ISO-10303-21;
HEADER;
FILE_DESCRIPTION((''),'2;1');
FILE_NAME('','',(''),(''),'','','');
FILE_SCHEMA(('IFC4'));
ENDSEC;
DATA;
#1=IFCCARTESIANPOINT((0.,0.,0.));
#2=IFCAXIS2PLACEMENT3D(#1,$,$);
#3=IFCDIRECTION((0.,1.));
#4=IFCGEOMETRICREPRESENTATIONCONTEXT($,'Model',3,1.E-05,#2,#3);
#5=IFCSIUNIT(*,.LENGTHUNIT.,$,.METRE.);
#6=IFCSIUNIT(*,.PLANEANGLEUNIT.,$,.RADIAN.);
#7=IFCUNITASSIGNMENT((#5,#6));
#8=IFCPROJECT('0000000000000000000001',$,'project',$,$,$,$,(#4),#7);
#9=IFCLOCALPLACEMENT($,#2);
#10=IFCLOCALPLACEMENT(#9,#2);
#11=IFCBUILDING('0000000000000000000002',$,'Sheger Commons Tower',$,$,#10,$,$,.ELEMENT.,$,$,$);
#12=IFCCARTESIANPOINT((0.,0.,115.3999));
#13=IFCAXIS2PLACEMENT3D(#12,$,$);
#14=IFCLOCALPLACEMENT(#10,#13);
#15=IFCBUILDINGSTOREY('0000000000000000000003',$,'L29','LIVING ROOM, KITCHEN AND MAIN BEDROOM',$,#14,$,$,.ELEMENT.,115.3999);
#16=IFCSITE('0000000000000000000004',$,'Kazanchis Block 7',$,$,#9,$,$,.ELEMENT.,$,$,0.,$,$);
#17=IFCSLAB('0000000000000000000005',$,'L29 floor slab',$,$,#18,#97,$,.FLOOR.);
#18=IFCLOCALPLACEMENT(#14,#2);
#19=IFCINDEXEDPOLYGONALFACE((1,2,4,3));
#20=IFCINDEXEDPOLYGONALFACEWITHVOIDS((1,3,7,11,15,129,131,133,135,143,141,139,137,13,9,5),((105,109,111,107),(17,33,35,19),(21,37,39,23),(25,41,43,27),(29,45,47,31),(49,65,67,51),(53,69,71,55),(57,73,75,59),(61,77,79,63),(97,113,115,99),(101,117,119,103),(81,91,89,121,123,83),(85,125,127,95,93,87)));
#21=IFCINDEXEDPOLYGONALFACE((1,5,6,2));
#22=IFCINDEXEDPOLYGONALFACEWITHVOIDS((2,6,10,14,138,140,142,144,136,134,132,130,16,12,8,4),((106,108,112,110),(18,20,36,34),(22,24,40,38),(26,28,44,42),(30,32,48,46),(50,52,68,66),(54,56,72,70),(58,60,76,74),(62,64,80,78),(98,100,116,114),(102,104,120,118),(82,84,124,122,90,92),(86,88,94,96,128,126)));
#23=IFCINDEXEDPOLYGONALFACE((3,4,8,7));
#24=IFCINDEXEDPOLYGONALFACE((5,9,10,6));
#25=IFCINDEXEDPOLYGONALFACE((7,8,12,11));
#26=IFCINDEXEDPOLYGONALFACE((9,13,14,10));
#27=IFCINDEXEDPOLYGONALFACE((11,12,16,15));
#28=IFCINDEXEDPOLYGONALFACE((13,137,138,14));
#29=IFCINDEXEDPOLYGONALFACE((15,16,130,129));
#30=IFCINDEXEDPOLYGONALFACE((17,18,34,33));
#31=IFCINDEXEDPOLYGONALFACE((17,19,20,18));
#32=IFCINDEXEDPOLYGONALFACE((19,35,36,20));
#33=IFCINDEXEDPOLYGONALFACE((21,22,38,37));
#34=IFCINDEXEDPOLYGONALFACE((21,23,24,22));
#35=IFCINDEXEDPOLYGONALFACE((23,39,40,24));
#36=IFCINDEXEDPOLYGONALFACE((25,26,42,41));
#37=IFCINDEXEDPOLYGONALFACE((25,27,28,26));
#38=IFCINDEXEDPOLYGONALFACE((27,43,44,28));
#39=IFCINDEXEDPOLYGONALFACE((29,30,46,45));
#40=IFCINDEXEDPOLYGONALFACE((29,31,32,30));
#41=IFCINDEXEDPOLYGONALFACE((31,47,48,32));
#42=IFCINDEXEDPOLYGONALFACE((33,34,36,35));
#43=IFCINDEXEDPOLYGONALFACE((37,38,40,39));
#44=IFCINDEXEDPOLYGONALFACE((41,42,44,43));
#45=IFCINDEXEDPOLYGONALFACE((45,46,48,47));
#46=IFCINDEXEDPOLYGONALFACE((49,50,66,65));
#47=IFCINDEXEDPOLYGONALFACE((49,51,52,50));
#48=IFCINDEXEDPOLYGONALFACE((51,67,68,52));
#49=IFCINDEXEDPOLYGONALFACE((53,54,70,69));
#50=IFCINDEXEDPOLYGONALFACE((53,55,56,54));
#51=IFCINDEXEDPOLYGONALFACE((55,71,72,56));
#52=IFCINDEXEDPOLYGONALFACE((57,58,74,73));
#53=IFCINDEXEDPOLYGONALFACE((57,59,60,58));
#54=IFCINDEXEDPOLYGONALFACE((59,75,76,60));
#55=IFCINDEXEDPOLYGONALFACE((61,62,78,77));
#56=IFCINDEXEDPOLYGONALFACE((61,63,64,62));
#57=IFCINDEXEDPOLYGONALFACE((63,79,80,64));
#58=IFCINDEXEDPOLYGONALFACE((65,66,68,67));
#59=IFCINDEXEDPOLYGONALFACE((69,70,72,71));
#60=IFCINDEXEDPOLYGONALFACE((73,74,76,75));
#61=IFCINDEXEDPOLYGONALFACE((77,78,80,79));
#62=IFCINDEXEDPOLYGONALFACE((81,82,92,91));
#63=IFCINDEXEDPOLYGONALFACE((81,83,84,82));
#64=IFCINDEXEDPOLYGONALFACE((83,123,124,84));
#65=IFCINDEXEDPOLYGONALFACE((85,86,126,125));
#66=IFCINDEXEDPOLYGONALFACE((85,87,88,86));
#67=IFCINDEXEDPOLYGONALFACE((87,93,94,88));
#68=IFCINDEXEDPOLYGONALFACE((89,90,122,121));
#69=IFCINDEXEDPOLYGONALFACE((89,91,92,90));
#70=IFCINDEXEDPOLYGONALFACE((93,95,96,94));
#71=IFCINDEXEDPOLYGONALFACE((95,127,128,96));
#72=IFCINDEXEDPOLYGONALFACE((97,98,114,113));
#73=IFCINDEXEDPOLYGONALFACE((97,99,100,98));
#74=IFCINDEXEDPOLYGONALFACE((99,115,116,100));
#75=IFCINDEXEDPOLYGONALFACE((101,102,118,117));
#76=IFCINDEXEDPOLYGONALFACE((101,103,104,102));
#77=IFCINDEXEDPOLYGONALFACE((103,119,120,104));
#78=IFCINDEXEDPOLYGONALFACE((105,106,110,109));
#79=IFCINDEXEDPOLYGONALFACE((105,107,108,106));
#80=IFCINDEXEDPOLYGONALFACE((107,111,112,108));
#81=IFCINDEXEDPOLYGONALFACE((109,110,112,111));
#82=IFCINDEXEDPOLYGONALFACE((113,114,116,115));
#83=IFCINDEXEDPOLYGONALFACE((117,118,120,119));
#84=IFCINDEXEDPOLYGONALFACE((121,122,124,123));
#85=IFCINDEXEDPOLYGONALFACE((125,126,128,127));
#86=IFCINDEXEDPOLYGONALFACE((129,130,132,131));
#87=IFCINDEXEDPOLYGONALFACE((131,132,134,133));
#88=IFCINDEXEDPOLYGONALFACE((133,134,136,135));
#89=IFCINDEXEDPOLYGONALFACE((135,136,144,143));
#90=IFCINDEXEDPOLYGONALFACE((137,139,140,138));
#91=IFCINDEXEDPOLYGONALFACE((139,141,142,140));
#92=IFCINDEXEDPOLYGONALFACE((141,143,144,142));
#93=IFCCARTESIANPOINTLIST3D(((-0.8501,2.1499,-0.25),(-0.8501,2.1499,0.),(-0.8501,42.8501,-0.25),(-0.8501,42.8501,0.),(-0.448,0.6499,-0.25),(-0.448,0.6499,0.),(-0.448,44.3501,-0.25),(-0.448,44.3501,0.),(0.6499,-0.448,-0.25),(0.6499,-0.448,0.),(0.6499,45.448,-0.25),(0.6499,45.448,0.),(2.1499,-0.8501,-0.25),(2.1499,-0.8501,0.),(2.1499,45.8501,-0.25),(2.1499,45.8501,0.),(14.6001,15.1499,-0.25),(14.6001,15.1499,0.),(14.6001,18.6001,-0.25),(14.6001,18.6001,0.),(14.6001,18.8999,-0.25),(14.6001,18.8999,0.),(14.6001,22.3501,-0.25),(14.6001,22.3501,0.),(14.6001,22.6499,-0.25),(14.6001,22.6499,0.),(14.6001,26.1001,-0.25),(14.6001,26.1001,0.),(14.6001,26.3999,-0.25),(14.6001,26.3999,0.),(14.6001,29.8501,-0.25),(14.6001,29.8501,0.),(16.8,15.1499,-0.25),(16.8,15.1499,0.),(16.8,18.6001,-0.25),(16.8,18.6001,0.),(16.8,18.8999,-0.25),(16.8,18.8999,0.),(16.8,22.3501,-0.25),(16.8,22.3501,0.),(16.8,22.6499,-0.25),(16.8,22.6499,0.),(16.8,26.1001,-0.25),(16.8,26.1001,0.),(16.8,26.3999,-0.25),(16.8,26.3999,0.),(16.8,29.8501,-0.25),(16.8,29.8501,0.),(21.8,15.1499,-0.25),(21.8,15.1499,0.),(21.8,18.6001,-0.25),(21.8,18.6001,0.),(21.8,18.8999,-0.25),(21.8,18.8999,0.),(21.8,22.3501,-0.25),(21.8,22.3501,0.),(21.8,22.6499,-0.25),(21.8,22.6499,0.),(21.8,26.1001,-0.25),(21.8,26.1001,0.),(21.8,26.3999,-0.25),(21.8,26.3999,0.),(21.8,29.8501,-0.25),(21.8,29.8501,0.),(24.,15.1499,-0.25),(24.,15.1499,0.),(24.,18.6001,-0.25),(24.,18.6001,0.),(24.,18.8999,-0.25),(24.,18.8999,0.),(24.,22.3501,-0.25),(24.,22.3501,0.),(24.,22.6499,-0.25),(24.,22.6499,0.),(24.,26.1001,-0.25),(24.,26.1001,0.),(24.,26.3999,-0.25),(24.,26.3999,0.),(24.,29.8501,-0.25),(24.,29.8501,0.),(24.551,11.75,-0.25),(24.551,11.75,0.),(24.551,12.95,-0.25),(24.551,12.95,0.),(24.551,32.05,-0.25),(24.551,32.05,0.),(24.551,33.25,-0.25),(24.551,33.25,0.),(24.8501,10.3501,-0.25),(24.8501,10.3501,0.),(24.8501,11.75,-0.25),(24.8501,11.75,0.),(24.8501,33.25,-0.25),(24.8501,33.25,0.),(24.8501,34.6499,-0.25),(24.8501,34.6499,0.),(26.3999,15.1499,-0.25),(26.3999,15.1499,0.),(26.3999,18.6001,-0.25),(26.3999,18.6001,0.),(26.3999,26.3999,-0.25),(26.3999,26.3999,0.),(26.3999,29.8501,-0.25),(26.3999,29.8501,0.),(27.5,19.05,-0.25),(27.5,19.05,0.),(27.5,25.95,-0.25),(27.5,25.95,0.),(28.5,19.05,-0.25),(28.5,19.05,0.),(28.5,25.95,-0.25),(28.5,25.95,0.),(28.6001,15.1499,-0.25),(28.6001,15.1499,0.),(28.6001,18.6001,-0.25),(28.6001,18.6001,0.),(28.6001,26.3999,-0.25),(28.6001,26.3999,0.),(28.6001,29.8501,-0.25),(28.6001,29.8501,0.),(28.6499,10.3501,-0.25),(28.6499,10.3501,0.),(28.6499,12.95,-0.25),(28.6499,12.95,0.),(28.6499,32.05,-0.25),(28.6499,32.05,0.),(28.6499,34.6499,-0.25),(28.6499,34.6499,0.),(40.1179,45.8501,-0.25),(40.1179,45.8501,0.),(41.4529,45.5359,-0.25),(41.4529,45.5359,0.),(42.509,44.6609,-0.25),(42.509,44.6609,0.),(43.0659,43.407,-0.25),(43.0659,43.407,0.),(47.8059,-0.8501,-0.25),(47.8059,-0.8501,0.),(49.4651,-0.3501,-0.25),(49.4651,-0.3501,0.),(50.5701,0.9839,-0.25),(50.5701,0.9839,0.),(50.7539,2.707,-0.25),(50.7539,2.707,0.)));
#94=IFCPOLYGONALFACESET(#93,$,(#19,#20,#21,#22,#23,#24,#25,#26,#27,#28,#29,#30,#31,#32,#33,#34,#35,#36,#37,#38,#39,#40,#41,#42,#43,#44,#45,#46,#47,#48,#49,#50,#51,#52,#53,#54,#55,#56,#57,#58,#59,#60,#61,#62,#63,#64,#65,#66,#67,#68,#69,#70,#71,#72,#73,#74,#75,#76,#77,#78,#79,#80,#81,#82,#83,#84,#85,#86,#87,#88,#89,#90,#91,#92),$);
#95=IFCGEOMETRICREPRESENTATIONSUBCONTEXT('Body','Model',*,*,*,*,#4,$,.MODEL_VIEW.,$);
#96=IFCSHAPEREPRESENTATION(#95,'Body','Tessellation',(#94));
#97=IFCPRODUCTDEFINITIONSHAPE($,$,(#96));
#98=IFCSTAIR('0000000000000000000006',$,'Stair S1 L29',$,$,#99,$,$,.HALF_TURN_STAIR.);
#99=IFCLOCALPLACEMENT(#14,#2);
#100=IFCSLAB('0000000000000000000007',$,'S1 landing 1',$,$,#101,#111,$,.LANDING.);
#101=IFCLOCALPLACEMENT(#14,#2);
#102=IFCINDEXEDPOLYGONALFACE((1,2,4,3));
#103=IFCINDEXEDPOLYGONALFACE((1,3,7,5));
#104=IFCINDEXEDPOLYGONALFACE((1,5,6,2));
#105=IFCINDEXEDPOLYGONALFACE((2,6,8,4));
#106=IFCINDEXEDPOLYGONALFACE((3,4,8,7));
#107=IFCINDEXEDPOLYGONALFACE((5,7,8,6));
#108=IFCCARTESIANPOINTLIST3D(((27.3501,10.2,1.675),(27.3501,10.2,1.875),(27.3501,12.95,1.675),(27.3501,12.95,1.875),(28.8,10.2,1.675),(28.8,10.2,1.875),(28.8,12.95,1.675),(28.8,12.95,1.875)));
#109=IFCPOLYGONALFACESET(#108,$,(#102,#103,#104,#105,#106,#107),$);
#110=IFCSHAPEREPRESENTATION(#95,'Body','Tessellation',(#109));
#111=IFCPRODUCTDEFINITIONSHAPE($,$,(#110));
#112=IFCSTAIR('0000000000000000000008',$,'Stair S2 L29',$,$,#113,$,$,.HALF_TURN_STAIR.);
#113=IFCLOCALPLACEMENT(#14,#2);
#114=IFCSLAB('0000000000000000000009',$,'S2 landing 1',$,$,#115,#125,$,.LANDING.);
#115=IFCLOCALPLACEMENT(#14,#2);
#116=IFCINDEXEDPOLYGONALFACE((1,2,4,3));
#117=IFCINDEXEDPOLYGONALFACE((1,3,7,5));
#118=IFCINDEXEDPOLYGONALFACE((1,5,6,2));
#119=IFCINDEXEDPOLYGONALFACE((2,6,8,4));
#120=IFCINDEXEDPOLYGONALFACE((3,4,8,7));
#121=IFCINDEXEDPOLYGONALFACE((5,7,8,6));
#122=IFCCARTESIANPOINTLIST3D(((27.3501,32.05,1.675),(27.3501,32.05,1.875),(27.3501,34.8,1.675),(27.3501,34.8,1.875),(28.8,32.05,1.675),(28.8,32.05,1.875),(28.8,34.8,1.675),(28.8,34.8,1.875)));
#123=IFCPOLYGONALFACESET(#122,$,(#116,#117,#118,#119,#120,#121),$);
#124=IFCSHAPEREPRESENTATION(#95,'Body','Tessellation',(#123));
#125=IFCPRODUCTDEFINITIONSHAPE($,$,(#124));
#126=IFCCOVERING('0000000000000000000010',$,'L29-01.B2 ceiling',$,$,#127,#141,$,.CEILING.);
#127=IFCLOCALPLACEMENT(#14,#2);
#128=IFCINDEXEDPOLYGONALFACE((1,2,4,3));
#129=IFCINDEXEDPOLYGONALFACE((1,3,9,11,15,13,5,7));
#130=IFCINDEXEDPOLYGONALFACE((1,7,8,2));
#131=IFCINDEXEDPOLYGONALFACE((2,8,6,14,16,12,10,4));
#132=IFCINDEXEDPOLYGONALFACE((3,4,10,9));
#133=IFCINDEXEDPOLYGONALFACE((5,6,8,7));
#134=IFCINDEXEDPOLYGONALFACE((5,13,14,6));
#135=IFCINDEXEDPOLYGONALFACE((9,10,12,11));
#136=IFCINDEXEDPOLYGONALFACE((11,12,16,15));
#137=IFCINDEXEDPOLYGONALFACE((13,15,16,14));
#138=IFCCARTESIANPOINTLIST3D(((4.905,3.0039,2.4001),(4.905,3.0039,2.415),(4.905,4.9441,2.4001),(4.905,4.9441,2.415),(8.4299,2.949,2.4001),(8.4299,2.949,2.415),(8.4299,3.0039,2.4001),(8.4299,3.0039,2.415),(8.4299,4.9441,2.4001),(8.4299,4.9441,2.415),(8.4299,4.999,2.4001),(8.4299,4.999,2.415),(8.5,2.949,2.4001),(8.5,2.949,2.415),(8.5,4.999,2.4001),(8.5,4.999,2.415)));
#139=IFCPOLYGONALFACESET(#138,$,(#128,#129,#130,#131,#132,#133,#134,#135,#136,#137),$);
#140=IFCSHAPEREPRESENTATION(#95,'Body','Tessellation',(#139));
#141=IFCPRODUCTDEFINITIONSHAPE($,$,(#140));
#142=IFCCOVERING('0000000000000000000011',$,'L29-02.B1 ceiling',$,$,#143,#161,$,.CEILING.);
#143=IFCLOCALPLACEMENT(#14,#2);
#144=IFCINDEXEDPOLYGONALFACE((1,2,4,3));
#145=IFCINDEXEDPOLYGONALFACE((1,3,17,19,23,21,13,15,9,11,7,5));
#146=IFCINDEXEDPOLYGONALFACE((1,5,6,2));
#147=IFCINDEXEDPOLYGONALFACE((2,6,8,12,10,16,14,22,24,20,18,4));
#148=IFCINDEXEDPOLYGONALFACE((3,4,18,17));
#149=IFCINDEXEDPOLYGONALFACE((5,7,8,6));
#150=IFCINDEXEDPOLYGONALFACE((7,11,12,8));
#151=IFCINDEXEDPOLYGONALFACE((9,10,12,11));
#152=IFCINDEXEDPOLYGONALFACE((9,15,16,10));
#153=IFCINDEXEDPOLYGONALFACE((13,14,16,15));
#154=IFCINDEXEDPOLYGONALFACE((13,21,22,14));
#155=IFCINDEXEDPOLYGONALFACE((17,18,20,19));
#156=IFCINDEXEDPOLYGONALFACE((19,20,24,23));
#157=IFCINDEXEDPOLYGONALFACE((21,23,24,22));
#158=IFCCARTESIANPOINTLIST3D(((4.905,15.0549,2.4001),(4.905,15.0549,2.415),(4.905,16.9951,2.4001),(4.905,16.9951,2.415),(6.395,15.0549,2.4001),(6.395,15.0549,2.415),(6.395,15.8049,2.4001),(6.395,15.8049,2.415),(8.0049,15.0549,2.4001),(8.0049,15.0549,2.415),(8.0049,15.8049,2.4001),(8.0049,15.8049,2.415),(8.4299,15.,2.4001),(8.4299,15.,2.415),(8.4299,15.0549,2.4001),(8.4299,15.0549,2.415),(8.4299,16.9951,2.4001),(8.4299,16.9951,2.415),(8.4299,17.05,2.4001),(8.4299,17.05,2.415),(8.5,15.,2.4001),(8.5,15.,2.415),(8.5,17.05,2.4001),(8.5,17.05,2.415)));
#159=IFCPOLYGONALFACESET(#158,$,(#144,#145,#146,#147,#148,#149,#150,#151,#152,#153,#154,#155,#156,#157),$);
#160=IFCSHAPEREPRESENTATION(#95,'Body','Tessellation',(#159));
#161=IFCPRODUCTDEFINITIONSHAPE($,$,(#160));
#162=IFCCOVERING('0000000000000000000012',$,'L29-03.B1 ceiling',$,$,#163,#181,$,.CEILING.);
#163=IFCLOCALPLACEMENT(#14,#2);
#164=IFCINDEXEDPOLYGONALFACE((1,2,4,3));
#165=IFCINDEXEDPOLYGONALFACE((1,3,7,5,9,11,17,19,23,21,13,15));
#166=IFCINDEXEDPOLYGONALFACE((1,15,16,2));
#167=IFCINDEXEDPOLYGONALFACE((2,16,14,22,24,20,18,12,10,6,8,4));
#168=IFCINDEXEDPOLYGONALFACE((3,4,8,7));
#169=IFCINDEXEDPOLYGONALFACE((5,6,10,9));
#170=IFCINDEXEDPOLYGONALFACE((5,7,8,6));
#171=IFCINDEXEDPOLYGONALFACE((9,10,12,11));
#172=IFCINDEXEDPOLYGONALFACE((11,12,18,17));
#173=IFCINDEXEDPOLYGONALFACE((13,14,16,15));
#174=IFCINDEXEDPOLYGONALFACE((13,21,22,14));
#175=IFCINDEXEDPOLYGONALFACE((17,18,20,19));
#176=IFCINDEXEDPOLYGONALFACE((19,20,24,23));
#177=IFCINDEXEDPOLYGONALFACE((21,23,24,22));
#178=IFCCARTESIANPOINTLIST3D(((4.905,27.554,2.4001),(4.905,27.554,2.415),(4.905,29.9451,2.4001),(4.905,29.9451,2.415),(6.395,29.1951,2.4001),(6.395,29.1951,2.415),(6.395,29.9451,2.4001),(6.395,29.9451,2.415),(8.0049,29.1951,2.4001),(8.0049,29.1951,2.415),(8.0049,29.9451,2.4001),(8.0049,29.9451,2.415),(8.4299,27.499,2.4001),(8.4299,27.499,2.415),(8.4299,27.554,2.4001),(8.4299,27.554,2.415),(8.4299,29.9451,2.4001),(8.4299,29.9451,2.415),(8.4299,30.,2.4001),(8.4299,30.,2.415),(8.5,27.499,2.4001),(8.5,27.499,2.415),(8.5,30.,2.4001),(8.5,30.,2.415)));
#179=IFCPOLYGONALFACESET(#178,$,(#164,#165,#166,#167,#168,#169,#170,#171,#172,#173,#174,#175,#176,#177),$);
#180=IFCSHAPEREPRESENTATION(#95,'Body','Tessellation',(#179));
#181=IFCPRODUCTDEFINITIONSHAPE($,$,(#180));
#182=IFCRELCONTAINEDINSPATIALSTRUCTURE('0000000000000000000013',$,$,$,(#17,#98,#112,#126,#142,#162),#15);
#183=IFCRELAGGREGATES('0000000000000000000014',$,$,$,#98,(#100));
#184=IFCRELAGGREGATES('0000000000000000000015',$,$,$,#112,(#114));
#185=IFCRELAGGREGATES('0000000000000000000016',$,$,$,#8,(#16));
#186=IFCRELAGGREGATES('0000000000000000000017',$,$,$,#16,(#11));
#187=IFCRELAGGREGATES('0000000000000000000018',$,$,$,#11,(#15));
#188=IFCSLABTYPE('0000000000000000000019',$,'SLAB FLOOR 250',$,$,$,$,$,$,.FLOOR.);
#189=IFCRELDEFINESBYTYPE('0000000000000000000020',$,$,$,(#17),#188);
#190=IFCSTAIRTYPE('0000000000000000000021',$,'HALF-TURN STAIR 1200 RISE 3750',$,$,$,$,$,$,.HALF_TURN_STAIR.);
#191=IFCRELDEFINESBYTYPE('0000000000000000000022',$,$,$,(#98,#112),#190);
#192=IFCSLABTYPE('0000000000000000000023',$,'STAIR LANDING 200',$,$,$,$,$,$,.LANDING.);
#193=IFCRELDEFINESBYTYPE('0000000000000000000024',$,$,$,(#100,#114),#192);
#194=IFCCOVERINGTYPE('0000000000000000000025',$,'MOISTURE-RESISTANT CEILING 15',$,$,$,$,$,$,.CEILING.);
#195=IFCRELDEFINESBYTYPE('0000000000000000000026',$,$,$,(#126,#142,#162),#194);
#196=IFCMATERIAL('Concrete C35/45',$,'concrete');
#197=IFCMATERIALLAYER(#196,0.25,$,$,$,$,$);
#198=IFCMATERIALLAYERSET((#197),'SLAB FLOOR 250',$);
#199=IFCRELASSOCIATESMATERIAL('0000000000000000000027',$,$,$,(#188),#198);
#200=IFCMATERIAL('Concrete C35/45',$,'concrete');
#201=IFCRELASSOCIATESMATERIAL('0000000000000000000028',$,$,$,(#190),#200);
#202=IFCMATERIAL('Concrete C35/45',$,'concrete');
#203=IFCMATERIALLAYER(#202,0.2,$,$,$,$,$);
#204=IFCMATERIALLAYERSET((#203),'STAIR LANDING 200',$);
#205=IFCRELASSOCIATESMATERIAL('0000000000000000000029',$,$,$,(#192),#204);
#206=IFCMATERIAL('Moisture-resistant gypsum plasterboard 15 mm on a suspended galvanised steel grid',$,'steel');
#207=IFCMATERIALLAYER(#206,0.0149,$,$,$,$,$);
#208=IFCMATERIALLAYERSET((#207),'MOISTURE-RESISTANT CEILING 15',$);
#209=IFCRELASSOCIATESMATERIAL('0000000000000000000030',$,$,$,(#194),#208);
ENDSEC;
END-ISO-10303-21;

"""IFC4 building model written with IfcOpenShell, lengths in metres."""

from ifc_helpers import new_model, si_unit, direction, frame, origin, place, context, subcontext, project, spatial, polyline, outline, extrude, material, layer, layer_set, type_object, element, aggregate, save


model = new_model("IFC4")

# Units and contexts
model_context = context("Model", 3, precision=1e-05, world=origin(), true_north=direction((0.0, 1.0)))
body_context = subcontext(model_context, "Body", "Model", "MODEL_VIEW")
ifc_project = project(units=[si_unit("LENGTHUNIT", "METRE"), si_unit("PLANEANGLEUNIT", "RADIAN")], contexts=[model_context])

# Site, building, storey
site_placement = place(None, origin())
site = spatial("IfcSite", under=ifc_project, at=site_placement, Name="Kazanchis Block 7", CompositionType="ELEMENT", RefElevation=0.0)
building_placement = place(site_placement, origin())
building = spatial("IfcBuilding", under=site, at=building_placement, Name="Sheger Commons Tower", CompositionType="ELEMENT")
storey_placement = place(building_placement, frame((0.0, 0.0, 115.3999)))
storey = spatial("IfcBuildingStorey", under=building, at=storey_placement, Name="L29", Description="LIVING ROOM, KITCHEN AND MAIN BEDROOM", CompositionType="ELEMENT", Elevation=115.3999)

# Slab
ifc_material_1 = material(Name="Concrete C35/45", Category="concrete")
ifc_layer_1 = layer(ifc_material_1, 0.25)
ifc_layer_set_1 = layer_set([ifc_layer_1], Name="SLAB FLOOR 250")
slab_type_1 = type_object("IfcSlabType", Name="SLAB FLOOR 250", PredefinedType="FLOOR", material=ifc_layer_set_1)
slab_1_placement = place(storey_placement, frame((0.0, 0.0, -0.25)))
element("IfcSlab", 1, at=slab_1_placement, inside=storey, type_object=slab_type_1, Name="L29 floor slab", PredefinedType="FLOOR", context=body_context, shape_type="SweptSolid", body=[
    extrude(outline(polyline([(-0.8501, 2.1499), (-0.448, 0.6499), (0.6499, -0.448), (2.1499, -0.8501), (47.8059, -0.8501), (49.4651, -0.3501), (50.5701, 0.9839), (50.7539, 2.707), (43.0659, 43.407), (42.509, 44.6609), (41.4529, 45.5359), (40.1179, 45.8501), (2.1499, 45.8501), (0.6499, 45.448), (-0.448, 44.3501), (-0.8501, 42.8501), (-0.8501, 2.1499)]), holes=[polyline([(24.8501, 10.3501), (28.6499, 10.3501), (28.6499, 12.95), (24.551, 12.95), (24.551, 11.75), (24.8501, 11.75), (24.8501, 10.3501)]), polyline([(24.551, 32.05), (28.6499, 32.05), (28.6499, 34.6499), (24.8501, 34.6499), (24.8501, 33.25), (24.551, 33.25), (24.551, 32.05)]), polyline([(26.3999, 15.1499), (28.6001, 15.1499), (28.6001, 18.6001), (26.3999, 18.6001), (26.3999, 15.1499)]), polyline([(26.3999, 26.3999), (28.6001, 26.3999), (28.6001, 29.8501), (26.3999, 29.8501), (26.3999, 26.3999)]), polyline([(14.6001, 15.1499), (16.8, 15.1499), (16.8, 18.6001), (14.6001, 18.6001), (14.6001, 15.1499)]), polyline([(14.6001, 18.8999), (16.8, 18.8999), (16.8, 22.3501), (14.6001, 22.3501), (14.6001, 18.8999)]), polyline([(14.6001, 22.6499), (16.8, 22.6499), (16.8, 26.1001), (14.6001, 26.1001), (14.6001, 22.6499)]), polyline([(14.6001, 26.3999), (16.8, 26.3999), (16.8, 29.8501), (14.6001, 29.8501), (14.6001, 26.3999)]), polyline([(21.8, 15.1499), (24.0, 15.1499), (24.0, 18.6001), (21.8, 18.6001), (21.8, 15.1499)]), polyline([(21.8, 18.8999), (24.0, 18.8999), (24.0, 22.3501), (21.8, 22.3501), (21.8, 18.8999)]), polyline([(21.8, 22.6499), (24.0, 22.6499), (24.0, 26.1001), (21.8, 26.1001), (21.8, 22.6499)]), polyline([(21.8, 26.3999), (24.0, 26.3999), (24.0, 29.8501), (21.8, 29.8501), (21.8, 26.3999)]), polyline([(27.5, 19.05), (28.5, 19.05), (28.5, 25.95), (27.5, 25.95), (27.5, 19.05)])]), origin(), (0.0, 0.0, 1.0), 0.25),
])

# Stairs, slabs
ifc_material_2 = material(Name="Concrete C35/45", Category="concrete")
stair_type = type_object("IfcStairType", Name="HALF-TURN STAIR 1200 RISE 3750", PredefinedType="HALF_TURN_STAIR", material=ifc_material_2)
stair_1_placement = place(storey_placement, origin())
stair_1 = element("IfcStair", 2, at=stair_1_placement, inside=storey, type_object=stair_type, Name="Stair S1 L29", PredefinedType="HALF_TURN_STAIR")
ifc_material_3 = material(Name="Concrete C35/45", Category="concrete")
ifc_layer_2 = layer(ifc_material_3, 0.2)
ifc_layer_set_2 = layer_set([ifc_layer_2], Name="STAIR LANDING 200")
slab_type_2 = type_object("IfcSlabType", Name="STAIR LANDING 200", PredefinedType="LANDING", material=ifc_layer_set_2)
slab_2_placement = place(storey_placement, frame((0.0, 0.0, 1.675)))
slab_2 = element("IfcSlab", 3, at=slab_2_placement, type_object=slab_type_2, Name="S1 landing 1", PredefinedType="LANDING", context=body_context, shape_type="SweptSolid", body=[
    extrude(outline(polyline([(27.3501, 10.2), (28.8, 10.2), (28.8, 12.95), (27.3501, 12.95), (27.3501, 10.2)])), origin(), (0.0, 0.0, 1.0), 0.2),
])
aggregate(stair_1, [slab_2])
stair_2_placement = place(storey_placement, origin())
stair_2 = element("IfcStair", 4, at=stair_2_placement, inside=storey, type_object=stair_type, Name="Stair S2 L29", PredefinedType="HALF_TURN_STAIR")
slab_3_placement = place(storey_placement, frame((0.0, 0.0, 1.675)))
slab_3 = element("IfcSlab", 5, at=slab_3_placement, type_object=slab_type_2, Name="S2 landing 1", PredefinedType="LANDING", context=body_context, shape_type="SweptSolid", body=[
    extrude(outline(polyline([(27.3501, 32.05), (28.8, 32.05), (28.8, 34.8), (27.3501, 34.8), (27.3501, 32.05)])), origin(), (0.0, 0.0, 1.0), 0.2),
])
aggregate(stair_2, [slab_3])

# Coverings
ifc_material_4 = material(Name="Moisture-resistant gypsum plasterboard 15 mm on a suspended galvanised steel grid", Category="steel")
ifc_layer_3 = layer(ifc_material_4, 0.0149)
ifc_layer_set_3 = layer_set([ifc_layer_3], Name="MOISTURE-RESISTANT CEILING 15")
covering_type_1 = type_object("IfcCoveringType", Name="MOISTURE-RESISTANT CEILING 15", PredefinedType="CEILING", material=ifc_layer_set_3)
covering_1_placement = place(storey_placement, frame((0.0, 0.0, 2.4001)))
element("IfcCovering", 6, at=covering_1_placement, inside=storey, type_object=covering_type_1, Name="L29-01.B2 ceiling", PredefinedType="CEILING", context=body_context, shape_type="SweptSolid", body=[
    extrude(outline(polyline([(8.4299, 2.949), (8.5, 2.949), (8.5, 4.999), (8.4299, 4.999), (8.4299, 4.9441), (4.905, 4.9441), (4.905, 3.0039), (8.4299, 3.0039), (8.4299, 2.949)])), origin(), (0.0, 0.0, 1.0), 0.0149),
])
covering_2_placement = place(storey_placement, frame((0.0, 0.0, 2.4001)))
element("IfcCovering", 7, at=covering_2_placement, inside=storey, type_object=covering_type_1, Name="L29-02.B1 ceiling", PredefinedType="CEILING", context=body_context, shape_type="SweptSolid", body=[
    extrude(outline(polyline([(8.4299, 15.0), (8.5, 15.0), (8.5, 17.05), (8.4299, 17.05), (8.4299, 16.9951), (4.905, 16.9951), (4.905, 15.0549), (6.395, 15.0549), (6.395, 15.8049), (8.0049, 15.8049), (8.0049, 15.0549), (8.4299, 15.0549), (8.4299, 15.0)])), origin(), (0.0, 0.0, 1.0), 0.0149),
])
covering_3_placement = place(storey_placement, frame((0.0, 0.0, 2.4001)))
element("IfcCovering", 8, at=covering_3_placement, inside=storey, type_object=covering_type_1, Name="L29-03.B1 ceiling", PredefinedType="CEILING", context=body_context, shape_type="SweptSolid", body=[
    extrude(outline(polyline([(8.4299, 27.499), (8.5, 27.499), (8.5, 30.0), (8.4299, 30.0), (8.4299, 29.9451), (8.0049, 29.9451), (8.0049, 29.1951), (6.395, 29.1951), (6.395, 29.9451), (4.905, 29.9451), (4.905, 27.554), (8.4299, 27.554), (8.4299, 27.499)])), origin(), (0.0, 0.0, 1.0), 0.0149),
])

save(model, "model.ifc")
